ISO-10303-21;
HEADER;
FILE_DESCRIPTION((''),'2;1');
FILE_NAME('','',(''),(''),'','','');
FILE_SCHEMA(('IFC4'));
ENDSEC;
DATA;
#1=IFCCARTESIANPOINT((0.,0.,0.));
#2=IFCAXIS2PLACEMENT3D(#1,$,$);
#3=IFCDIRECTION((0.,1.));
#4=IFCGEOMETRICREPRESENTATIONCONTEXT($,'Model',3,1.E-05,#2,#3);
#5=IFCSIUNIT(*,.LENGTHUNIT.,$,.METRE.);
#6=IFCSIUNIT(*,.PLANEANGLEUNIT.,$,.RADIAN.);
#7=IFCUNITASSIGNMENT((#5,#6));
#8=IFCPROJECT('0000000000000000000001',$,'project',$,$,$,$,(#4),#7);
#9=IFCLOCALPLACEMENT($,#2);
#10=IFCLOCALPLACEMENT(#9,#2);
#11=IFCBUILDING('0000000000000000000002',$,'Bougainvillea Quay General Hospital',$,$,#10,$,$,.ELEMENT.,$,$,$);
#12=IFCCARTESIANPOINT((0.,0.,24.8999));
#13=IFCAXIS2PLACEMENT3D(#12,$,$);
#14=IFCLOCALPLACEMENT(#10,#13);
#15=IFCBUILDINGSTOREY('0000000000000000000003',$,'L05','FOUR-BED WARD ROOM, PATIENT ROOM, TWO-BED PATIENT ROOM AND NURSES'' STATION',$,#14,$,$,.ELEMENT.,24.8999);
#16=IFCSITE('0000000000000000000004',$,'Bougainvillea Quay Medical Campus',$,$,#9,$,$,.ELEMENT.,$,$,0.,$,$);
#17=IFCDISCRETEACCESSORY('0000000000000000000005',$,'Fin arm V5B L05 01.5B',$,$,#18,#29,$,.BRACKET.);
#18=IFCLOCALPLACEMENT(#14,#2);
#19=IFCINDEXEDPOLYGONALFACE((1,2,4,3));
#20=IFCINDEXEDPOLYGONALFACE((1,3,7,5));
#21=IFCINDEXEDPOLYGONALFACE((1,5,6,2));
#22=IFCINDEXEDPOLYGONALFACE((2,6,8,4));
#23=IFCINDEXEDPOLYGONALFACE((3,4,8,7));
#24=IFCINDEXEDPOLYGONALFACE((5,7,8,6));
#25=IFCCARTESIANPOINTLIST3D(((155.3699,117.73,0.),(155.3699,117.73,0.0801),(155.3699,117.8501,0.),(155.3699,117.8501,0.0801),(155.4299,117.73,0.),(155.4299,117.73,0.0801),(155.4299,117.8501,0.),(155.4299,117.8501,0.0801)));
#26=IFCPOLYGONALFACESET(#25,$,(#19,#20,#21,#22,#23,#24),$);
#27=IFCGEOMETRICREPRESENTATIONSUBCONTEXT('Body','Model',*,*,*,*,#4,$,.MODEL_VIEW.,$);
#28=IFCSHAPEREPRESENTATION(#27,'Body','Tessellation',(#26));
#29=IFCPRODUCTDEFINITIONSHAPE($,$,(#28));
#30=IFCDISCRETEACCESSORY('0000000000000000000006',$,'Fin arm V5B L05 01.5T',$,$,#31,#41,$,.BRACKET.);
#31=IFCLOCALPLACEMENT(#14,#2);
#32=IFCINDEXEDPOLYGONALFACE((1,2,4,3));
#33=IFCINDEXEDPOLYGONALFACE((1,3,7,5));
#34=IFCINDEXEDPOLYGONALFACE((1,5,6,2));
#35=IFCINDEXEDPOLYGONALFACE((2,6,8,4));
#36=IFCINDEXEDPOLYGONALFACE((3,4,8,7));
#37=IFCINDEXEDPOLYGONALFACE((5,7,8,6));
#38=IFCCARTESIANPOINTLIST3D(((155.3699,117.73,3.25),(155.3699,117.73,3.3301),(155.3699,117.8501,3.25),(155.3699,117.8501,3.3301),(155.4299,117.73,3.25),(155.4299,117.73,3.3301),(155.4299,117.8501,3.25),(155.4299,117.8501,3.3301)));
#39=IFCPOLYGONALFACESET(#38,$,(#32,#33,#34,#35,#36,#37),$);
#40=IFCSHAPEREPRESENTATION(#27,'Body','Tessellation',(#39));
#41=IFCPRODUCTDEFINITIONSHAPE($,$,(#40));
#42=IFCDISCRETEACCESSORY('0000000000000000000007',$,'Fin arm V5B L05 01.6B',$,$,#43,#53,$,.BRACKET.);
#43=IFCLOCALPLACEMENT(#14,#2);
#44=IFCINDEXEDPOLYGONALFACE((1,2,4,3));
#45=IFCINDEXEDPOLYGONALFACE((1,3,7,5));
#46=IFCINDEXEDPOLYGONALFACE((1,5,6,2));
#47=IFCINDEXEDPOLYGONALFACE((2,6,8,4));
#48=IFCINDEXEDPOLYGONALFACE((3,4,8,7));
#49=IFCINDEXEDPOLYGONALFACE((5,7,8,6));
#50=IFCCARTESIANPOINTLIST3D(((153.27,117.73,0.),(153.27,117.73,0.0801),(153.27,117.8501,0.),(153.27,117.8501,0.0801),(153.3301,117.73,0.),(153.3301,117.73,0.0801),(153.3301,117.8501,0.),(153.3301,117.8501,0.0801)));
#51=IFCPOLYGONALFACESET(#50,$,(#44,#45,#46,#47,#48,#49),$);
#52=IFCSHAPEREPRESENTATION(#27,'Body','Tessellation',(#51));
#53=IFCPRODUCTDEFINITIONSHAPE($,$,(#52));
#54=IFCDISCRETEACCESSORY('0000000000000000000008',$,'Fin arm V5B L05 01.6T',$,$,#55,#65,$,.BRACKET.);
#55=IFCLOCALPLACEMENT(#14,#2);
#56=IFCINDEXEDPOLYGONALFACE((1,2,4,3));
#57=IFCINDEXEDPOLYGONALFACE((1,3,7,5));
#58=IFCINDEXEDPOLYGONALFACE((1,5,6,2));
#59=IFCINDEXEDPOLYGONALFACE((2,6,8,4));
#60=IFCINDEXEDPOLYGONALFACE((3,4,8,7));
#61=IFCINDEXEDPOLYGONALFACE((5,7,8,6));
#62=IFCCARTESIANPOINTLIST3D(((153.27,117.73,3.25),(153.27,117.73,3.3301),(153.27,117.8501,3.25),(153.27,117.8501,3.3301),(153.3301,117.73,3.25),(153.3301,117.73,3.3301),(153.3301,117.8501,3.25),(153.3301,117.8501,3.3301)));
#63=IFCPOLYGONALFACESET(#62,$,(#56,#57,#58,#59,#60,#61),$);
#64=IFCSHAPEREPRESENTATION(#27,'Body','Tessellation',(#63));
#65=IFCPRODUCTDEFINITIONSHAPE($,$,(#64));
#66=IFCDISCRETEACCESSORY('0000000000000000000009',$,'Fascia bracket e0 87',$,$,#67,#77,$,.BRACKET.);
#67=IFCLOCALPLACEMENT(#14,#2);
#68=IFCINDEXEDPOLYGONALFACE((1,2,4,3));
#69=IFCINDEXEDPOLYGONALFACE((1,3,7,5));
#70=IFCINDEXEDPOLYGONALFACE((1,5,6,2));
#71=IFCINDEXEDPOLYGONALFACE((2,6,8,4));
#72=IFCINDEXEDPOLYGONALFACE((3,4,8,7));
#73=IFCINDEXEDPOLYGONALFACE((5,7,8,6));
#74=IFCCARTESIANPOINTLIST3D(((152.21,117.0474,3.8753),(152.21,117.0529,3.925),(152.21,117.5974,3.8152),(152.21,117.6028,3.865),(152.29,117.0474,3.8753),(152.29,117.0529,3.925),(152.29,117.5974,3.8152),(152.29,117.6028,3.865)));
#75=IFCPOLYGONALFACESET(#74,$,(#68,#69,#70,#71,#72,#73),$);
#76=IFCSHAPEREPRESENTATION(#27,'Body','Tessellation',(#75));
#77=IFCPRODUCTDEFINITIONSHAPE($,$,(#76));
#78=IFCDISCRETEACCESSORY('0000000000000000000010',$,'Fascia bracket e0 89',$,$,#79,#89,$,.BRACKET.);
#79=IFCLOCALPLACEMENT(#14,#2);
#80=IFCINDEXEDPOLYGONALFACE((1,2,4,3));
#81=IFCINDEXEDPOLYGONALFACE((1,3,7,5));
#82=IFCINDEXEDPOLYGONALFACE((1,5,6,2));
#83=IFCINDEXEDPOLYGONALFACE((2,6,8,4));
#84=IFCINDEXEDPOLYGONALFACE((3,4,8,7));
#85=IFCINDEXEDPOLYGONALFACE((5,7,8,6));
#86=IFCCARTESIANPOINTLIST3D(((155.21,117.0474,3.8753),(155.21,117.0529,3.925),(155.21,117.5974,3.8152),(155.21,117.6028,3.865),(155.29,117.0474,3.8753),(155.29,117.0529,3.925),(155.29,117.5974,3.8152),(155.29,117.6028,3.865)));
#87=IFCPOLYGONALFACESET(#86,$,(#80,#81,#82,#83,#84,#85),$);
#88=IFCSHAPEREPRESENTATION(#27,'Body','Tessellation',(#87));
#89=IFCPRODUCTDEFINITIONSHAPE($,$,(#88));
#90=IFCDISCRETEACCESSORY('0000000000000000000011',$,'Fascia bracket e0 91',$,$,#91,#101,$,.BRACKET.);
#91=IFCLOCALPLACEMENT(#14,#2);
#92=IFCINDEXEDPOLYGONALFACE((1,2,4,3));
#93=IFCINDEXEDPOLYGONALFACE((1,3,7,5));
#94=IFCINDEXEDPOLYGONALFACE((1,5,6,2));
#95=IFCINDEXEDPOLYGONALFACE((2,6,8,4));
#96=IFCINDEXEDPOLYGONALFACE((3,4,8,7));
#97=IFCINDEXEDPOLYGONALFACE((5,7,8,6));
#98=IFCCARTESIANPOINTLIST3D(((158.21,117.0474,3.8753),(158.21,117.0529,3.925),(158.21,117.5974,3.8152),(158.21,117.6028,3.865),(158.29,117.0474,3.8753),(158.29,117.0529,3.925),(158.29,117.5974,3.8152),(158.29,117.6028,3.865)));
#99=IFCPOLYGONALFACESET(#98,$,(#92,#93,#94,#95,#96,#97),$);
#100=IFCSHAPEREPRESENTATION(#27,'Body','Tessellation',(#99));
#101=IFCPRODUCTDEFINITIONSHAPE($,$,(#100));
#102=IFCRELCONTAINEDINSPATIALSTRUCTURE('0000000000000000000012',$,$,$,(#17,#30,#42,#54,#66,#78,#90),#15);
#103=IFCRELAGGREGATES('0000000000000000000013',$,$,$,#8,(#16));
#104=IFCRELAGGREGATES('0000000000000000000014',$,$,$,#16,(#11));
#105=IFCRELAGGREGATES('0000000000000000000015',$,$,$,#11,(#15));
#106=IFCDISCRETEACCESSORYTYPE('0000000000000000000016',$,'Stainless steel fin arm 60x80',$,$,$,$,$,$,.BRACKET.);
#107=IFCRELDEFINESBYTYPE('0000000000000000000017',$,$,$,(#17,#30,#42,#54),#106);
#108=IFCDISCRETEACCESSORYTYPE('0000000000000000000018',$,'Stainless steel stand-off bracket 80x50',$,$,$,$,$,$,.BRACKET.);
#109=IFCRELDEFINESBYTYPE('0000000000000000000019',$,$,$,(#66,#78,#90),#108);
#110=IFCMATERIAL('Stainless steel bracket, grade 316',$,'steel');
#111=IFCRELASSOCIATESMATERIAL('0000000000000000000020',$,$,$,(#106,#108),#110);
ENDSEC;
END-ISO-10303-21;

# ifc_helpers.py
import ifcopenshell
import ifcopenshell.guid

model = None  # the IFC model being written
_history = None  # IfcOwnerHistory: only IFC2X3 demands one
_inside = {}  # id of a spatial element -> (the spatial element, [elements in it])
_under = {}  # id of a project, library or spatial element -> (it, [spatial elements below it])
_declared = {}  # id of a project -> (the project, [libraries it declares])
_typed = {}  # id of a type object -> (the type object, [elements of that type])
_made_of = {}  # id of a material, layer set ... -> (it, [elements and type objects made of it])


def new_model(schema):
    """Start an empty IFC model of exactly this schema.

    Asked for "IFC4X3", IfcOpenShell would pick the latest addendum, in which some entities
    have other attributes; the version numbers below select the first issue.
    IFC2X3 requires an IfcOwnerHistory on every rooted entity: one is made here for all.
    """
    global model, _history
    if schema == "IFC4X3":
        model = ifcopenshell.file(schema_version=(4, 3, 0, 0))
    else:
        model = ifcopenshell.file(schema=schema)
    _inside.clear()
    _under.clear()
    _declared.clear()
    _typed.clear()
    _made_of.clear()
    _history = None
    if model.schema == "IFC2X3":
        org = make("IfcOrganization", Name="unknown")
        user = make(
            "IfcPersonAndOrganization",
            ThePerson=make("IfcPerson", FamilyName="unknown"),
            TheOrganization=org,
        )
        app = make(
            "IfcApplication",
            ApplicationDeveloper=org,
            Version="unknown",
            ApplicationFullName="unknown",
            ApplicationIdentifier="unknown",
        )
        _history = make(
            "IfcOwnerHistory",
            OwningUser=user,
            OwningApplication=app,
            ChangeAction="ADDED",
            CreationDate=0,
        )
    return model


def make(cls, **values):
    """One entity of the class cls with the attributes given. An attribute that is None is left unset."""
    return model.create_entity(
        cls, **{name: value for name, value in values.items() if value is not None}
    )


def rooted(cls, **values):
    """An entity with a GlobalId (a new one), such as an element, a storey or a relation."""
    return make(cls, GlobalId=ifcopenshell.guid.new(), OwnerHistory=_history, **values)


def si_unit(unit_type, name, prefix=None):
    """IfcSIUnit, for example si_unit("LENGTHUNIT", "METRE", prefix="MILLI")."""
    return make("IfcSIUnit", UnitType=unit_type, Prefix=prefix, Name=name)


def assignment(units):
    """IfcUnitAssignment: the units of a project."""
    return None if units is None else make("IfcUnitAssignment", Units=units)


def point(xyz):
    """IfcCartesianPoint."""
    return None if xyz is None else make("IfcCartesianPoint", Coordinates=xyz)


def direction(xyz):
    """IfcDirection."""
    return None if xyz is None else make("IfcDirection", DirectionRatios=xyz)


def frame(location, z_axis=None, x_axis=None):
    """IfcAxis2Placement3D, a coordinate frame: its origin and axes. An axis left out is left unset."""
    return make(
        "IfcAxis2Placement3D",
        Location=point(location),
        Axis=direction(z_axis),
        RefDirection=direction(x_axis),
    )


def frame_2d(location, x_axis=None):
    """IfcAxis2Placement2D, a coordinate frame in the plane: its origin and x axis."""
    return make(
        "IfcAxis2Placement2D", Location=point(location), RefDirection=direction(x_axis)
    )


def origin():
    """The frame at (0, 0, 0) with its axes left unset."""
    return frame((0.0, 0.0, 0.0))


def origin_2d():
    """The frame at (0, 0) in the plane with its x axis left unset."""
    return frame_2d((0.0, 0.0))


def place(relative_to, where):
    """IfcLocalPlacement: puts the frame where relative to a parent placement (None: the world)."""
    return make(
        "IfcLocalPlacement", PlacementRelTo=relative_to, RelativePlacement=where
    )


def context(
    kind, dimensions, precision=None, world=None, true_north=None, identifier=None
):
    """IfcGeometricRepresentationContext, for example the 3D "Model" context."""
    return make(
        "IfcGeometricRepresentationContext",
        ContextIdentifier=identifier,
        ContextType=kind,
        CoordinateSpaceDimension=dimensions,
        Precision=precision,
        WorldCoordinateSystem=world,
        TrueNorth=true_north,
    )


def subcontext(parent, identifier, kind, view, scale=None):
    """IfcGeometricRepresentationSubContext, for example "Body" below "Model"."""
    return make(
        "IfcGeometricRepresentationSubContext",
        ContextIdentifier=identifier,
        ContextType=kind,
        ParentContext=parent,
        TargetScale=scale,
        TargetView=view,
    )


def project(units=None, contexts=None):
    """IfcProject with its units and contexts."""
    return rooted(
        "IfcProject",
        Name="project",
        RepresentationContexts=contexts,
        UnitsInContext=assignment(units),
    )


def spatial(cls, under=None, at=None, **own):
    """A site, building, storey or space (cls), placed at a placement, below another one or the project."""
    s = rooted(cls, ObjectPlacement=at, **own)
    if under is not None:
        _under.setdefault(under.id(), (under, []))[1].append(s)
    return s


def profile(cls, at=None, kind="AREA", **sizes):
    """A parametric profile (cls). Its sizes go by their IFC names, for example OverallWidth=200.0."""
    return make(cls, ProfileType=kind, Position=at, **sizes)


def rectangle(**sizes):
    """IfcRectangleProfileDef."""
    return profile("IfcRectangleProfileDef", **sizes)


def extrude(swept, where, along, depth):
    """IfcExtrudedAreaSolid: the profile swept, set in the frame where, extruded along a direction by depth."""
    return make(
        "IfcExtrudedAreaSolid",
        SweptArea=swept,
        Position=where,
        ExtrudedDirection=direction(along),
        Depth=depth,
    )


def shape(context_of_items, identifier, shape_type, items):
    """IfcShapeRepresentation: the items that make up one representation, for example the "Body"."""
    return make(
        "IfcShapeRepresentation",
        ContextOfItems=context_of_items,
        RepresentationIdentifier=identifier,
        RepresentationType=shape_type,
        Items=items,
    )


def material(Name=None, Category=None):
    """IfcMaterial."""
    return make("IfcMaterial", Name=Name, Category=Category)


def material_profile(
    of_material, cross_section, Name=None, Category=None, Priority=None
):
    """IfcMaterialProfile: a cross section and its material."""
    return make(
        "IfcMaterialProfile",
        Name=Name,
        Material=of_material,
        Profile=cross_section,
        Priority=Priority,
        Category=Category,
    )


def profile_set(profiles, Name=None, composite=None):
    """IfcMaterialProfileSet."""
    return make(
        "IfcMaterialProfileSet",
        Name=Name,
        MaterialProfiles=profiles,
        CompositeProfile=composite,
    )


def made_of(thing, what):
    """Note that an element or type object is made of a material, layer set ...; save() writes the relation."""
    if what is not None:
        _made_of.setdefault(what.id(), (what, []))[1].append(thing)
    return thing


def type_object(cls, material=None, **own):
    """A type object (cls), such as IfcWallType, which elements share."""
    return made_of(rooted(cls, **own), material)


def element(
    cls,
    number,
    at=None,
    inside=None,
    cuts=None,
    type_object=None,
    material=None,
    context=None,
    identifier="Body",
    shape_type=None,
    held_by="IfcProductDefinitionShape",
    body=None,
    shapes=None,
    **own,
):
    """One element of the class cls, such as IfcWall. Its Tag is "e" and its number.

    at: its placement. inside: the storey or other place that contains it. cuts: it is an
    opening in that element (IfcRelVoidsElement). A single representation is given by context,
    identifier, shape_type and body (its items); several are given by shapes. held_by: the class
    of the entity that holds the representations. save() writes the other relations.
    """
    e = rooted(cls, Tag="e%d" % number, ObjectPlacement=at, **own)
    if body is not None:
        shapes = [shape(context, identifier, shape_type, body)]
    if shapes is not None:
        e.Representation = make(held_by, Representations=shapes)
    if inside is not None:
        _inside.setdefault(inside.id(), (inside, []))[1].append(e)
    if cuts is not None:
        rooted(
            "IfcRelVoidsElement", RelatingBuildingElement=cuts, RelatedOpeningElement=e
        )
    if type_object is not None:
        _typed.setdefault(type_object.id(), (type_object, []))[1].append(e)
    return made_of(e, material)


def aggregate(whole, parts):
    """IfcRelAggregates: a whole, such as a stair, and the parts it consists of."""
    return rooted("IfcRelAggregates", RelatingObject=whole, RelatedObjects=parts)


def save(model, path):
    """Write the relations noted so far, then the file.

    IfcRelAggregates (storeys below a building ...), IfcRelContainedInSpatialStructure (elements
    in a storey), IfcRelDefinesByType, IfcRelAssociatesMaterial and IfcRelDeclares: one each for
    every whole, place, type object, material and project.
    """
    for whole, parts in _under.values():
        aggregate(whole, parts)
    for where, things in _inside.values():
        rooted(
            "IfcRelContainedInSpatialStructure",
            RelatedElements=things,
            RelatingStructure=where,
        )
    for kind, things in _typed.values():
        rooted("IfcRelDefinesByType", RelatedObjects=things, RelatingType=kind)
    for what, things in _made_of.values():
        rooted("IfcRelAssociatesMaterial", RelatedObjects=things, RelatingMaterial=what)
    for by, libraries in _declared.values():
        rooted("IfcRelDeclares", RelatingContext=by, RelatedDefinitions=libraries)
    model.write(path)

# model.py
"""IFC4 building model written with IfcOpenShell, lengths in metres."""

from ifc_helpers import new_model, si_unit, direction, frame, origin, origin_2d, place, context, subcontext, project, spatial, rectangle, extrude, material, material_profile, profile_set, type_object, element, save


model = new_model("IFC4")

# Units and contexts
model_context = context("Model", 3, precision=1e-05, world=origin(), true_north=direction((0.0, 1.0)))
body_context = subcontext(model_context, "Body", "Model", "MODEL_VIEW")
ifc_project = project(units=[si_unit("LENGTHUNIT", "METRE"), si_unit("PLANEANGLEUNIT", "RADIAN")], contexts=[model_context])

# Site, building, storey
site_placement = place(None, origin())
site = spatial("IfcSite", under=ifc_project, at=site_placement, Name="Bougainvillea Quay Medical Campus", CompositionType="ELEMENT", RefElevation=0.0)
building_placement = place(site_placement, origin())
building = spatial("IfcBuilding", under=site, at=building_placement, Name="Bougainvillea Quay General Hospital", CompositionType="ELEMENT")
storey_placement = place(building_placement, frame((0.0, 0.0, 24.8999)))
storey = spatial("IfcBuildingStorey", under=building, at=storey_placement, Name="L05", Description="FOUR-BED WARD ROOM, PATIENT ROOM, TWO-BED PATIENT ROOM AND NURSES' STATION", CompositionType="ELEMENT", Elevation=24.8999)

# Discrete accessories
ifc_material_1 = material(Name="Stainless steel bracket, grade 316", Category="steel")
discrete_accessory_type_1 = type_object("IfcDiscreteAccessoryType", Name="Stainless steel fin arm 60x80", PredefinedType="BRACKET", material=ifc_material_1)
for number, where, z_axis, x_axis, name in (
    (1, (155.3999, 117.79, 0.0), (0.0, 0.0, 1.0), (0.0, -1.0, 0.0), "Fin arm V5B L05 01.5B"),
    (2, (155.3999, 117.79, 3.25), (0.0, 0.0, 1.0), (0.0, -1.0, 0.0), "Fin arm V5B L05 01.5T"),
    (3, (153.3, 117.79, 0.0), (0.0, 0.0, 1.0), (0.0, -1.0, 0.0), "Fin arm V5B L05 01.6B"),
    (4, (153.3, 117.79, 3.25), (0.0, 0.0, 1.0), (0.0, -1.0, 0.0), "Fin arm V5B L05 01.6T"),
):
    element("IfcDiscreteAccessory", number, at=place(storey_placement, frame(where, z_axis=z_axis, x_axis=x_axis)), inside=storey, type_object=discrete_accessory_type_1, Name=name, PredefinedType="BRACKET", context=body_context, shape_type="SweptSolid", body=[
        extrude(rectangle(XDim=0.1201, YDim=0.0601, at=origin_2d()), origin(), (0.0, 0.0, 1.0), 0.0801),
    ])
ifc_material_profile_1 = material_profile(ifc_material_1, rectangle(XDim=0.0801, YDim=0.05, at=origin_2d()))
ifc_profile_set_1 = profile_set([ifc_material_profile_1], Name="Stainless steel bracket, grade 316")
discrete_accessory_type_2 = type_object("IfcDiscreteAccessoryType", Name="Stainless steel stand-off bracket 80x50", PredefinedType="BRACKET", material=ifc_profile_set_1)
for number, where, z_axis, x_axis, name in (
    (5, (152.25, 117.6001, 3.8401), (0.0, -0.994092, 0.108543), (1.0, 0.0, 0.0), "Fascia bracket e0 87"),
    (6, (155.25, 117.6001, 3.8401), (0.0, -0.994092, 0.108543), (1.0, 0.0, 0.0), "Fascia bracket e0 89"),
    (7, (158.25, 117.6001, 3.8401), (0.0, -0.994092, 0.108543), (1.0, 0.0, 0.0), "Fascia bracket e0 91"),
):
    element("IfcDiscreteAccessory", number, at=place(storey_placement, frame(where, z_axis=z_axis, x_axis=x_axis)), inside=storey, type_object=discrete_accessory_type_2, Name=name, PredefinedType="BRACKET", context=body_context, shape_type="SweptSolid", body=[
        extrude(rectangle(XDim=0.0801, YDim=0.05, at=origin_2d()), origin(), (0.0, 0.0, 1.0), 0.5532),
    ])

save(model, "model.ifc")
